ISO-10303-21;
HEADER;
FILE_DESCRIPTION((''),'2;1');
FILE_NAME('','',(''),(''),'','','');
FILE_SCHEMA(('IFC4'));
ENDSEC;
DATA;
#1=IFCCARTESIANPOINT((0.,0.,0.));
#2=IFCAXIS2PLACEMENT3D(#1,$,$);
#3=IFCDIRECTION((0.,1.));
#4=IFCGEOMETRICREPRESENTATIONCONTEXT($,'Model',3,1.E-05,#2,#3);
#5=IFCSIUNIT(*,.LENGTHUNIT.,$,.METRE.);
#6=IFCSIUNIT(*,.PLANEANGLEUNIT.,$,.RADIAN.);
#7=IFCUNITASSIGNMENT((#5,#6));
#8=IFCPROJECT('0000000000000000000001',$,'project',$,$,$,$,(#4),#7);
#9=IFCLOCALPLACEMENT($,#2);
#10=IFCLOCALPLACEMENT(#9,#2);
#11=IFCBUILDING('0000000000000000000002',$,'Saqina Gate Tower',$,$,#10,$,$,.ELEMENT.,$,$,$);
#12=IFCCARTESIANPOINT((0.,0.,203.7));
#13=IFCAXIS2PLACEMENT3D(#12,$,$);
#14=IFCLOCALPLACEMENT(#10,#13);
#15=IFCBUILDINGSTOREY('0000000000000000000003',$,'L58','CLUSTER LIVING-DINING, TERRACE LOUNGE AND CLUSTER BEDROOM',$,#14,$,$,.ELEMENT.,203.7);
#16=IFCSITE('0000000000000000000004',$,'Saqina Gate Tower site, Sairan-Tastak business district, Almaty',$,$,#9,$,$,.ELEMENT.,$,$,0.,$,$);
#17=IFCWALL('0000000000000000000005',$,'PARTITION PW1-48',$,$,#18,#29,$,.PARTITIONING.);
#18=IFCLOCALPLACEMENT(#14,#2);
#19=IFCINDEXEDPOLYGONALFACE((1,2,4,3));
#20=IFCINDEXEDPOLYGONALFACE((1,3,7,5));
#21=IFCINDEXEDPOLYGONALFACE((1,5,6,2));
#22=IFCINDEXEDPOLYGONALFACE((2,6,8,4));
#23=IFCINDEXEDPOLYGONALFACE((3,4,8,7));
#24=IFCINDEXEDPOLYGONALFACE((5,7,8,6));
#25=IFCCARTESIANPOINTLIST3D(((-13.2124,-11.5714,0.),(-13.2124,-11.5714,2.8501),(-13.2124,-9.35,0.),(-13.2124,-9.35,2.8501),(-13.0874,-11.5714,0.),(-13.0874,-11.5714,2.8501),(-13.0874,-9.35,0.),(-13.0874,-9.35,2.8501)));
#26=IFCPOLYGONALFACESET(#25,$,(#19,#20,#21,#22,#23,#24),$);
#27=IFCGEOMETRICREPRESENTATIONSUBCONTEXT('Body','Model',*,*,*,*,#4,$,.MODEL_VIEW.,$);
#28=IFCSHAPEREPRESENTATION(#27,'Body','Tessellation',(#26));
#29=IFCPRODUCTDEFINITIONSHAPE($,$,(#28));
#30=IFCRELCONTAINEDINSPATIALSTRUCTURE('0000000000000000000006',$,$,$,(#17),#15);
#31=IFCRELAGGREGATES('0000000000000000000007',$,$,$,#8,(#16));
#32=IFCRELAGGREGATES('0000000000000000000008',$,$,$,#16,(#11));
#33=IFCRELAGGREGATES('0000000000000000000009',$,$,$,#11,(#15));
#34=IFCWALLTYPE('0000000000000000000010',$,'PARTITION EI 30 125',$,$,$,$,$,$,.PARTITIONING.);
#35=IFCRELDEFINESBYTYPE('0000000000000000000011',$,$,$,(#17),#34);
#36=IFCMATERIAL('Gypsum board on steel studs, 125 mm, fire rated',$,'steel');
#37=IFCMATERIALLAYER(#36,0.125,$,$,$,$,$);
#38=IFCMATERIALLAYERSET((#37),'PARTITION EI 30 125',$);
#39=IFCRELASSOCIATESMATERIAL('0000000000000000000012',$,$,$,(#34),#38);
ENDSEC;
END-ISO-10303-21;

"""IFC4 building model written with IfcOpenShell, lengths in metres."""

from ifc_helpers import new_model, si_unit, direction, frame, frame_2d, origin, place, context, subcontext, project, spatial, rectangle, extrude, material, layer, layer_set, type_object, element, save


model = new_model("IFC4")

# Units and contexts
model_context = context("Model", 3, precision=1e-05, world=origin(), true_north=direction((0.0, 1.0)))
body_context = subcontext(model_context, "Body", "Model", "MODEL_VIEW")
ifc_project = project(units=[si_unit("LENGTHUNIT", "METRE"), si_unit("PLANEANGLEUNIT", "RADIAN")], contexts=[model_context])

# Site, building, storey
site_placement = place(None, origin())
site = spatial("IfcSite", under=ifc_project, at=site_placement, Name="Saqina Gate Tower site, Sairan-Tastak business district, Almaty", CompositionType="ELEMENT", RefElevation=0.0)
building_placement = place(site_placement, origin())
building = spatial("IfcBuilding", under=site, at=building_placement, Name="Saqina Gate Tower", CompositionType="ELEMENT")
storey_placement = place(building_placement, frame((0.0, 0.0, 203.7)))
storey = spatial("IfcBuildingStorey", under=building, at=storey_placement, Name="L58", Description="CLUSTER LIVING-DINING, TERRACE LOUNGE AND CLUSTER BEDROOM", CompositionType="ELEMENT", Elevation=203.7)

# Wall
ifc_material_1 = material(Name="Gypsum board on steel studs, 125 mm, fire rated", Category="steel")
ifc_layer_1 = layer(ifc_material_1, 0.125)
ifc_layer_set_1 = layer_set([ifc_layer_1], Name="PARTITION EI 30 125")
wall_type_1 = type_object("IfcWallType", Name="PARTITION EI 30 125", PredefinedType="PARTITIONING", material=ifc_layer_set_1)
wall_1_placement = place(storey_placement, frame((-13.1499, -11.5715, 0.0), z_axis=(0.0, 0.0, 1.0), x_axis=(0.0, 1.0, 0.0)))
element("IfcWall", 1, at=wall_1_placement, inside=storey, type_object=wall_type_1, Name="PARTITION PW1-48", PredefinedType="PARTITIONING", context=body_context, shape_type="SweptSolid", body=[
    extrude(rectangle(XDim=2.2214, YDim=0.125, at=frame_2d((1.1108, 0.0))), origin(), (0.0, 0.0, 1.0), 2.8501),
])

save(model, "model.ifc")
